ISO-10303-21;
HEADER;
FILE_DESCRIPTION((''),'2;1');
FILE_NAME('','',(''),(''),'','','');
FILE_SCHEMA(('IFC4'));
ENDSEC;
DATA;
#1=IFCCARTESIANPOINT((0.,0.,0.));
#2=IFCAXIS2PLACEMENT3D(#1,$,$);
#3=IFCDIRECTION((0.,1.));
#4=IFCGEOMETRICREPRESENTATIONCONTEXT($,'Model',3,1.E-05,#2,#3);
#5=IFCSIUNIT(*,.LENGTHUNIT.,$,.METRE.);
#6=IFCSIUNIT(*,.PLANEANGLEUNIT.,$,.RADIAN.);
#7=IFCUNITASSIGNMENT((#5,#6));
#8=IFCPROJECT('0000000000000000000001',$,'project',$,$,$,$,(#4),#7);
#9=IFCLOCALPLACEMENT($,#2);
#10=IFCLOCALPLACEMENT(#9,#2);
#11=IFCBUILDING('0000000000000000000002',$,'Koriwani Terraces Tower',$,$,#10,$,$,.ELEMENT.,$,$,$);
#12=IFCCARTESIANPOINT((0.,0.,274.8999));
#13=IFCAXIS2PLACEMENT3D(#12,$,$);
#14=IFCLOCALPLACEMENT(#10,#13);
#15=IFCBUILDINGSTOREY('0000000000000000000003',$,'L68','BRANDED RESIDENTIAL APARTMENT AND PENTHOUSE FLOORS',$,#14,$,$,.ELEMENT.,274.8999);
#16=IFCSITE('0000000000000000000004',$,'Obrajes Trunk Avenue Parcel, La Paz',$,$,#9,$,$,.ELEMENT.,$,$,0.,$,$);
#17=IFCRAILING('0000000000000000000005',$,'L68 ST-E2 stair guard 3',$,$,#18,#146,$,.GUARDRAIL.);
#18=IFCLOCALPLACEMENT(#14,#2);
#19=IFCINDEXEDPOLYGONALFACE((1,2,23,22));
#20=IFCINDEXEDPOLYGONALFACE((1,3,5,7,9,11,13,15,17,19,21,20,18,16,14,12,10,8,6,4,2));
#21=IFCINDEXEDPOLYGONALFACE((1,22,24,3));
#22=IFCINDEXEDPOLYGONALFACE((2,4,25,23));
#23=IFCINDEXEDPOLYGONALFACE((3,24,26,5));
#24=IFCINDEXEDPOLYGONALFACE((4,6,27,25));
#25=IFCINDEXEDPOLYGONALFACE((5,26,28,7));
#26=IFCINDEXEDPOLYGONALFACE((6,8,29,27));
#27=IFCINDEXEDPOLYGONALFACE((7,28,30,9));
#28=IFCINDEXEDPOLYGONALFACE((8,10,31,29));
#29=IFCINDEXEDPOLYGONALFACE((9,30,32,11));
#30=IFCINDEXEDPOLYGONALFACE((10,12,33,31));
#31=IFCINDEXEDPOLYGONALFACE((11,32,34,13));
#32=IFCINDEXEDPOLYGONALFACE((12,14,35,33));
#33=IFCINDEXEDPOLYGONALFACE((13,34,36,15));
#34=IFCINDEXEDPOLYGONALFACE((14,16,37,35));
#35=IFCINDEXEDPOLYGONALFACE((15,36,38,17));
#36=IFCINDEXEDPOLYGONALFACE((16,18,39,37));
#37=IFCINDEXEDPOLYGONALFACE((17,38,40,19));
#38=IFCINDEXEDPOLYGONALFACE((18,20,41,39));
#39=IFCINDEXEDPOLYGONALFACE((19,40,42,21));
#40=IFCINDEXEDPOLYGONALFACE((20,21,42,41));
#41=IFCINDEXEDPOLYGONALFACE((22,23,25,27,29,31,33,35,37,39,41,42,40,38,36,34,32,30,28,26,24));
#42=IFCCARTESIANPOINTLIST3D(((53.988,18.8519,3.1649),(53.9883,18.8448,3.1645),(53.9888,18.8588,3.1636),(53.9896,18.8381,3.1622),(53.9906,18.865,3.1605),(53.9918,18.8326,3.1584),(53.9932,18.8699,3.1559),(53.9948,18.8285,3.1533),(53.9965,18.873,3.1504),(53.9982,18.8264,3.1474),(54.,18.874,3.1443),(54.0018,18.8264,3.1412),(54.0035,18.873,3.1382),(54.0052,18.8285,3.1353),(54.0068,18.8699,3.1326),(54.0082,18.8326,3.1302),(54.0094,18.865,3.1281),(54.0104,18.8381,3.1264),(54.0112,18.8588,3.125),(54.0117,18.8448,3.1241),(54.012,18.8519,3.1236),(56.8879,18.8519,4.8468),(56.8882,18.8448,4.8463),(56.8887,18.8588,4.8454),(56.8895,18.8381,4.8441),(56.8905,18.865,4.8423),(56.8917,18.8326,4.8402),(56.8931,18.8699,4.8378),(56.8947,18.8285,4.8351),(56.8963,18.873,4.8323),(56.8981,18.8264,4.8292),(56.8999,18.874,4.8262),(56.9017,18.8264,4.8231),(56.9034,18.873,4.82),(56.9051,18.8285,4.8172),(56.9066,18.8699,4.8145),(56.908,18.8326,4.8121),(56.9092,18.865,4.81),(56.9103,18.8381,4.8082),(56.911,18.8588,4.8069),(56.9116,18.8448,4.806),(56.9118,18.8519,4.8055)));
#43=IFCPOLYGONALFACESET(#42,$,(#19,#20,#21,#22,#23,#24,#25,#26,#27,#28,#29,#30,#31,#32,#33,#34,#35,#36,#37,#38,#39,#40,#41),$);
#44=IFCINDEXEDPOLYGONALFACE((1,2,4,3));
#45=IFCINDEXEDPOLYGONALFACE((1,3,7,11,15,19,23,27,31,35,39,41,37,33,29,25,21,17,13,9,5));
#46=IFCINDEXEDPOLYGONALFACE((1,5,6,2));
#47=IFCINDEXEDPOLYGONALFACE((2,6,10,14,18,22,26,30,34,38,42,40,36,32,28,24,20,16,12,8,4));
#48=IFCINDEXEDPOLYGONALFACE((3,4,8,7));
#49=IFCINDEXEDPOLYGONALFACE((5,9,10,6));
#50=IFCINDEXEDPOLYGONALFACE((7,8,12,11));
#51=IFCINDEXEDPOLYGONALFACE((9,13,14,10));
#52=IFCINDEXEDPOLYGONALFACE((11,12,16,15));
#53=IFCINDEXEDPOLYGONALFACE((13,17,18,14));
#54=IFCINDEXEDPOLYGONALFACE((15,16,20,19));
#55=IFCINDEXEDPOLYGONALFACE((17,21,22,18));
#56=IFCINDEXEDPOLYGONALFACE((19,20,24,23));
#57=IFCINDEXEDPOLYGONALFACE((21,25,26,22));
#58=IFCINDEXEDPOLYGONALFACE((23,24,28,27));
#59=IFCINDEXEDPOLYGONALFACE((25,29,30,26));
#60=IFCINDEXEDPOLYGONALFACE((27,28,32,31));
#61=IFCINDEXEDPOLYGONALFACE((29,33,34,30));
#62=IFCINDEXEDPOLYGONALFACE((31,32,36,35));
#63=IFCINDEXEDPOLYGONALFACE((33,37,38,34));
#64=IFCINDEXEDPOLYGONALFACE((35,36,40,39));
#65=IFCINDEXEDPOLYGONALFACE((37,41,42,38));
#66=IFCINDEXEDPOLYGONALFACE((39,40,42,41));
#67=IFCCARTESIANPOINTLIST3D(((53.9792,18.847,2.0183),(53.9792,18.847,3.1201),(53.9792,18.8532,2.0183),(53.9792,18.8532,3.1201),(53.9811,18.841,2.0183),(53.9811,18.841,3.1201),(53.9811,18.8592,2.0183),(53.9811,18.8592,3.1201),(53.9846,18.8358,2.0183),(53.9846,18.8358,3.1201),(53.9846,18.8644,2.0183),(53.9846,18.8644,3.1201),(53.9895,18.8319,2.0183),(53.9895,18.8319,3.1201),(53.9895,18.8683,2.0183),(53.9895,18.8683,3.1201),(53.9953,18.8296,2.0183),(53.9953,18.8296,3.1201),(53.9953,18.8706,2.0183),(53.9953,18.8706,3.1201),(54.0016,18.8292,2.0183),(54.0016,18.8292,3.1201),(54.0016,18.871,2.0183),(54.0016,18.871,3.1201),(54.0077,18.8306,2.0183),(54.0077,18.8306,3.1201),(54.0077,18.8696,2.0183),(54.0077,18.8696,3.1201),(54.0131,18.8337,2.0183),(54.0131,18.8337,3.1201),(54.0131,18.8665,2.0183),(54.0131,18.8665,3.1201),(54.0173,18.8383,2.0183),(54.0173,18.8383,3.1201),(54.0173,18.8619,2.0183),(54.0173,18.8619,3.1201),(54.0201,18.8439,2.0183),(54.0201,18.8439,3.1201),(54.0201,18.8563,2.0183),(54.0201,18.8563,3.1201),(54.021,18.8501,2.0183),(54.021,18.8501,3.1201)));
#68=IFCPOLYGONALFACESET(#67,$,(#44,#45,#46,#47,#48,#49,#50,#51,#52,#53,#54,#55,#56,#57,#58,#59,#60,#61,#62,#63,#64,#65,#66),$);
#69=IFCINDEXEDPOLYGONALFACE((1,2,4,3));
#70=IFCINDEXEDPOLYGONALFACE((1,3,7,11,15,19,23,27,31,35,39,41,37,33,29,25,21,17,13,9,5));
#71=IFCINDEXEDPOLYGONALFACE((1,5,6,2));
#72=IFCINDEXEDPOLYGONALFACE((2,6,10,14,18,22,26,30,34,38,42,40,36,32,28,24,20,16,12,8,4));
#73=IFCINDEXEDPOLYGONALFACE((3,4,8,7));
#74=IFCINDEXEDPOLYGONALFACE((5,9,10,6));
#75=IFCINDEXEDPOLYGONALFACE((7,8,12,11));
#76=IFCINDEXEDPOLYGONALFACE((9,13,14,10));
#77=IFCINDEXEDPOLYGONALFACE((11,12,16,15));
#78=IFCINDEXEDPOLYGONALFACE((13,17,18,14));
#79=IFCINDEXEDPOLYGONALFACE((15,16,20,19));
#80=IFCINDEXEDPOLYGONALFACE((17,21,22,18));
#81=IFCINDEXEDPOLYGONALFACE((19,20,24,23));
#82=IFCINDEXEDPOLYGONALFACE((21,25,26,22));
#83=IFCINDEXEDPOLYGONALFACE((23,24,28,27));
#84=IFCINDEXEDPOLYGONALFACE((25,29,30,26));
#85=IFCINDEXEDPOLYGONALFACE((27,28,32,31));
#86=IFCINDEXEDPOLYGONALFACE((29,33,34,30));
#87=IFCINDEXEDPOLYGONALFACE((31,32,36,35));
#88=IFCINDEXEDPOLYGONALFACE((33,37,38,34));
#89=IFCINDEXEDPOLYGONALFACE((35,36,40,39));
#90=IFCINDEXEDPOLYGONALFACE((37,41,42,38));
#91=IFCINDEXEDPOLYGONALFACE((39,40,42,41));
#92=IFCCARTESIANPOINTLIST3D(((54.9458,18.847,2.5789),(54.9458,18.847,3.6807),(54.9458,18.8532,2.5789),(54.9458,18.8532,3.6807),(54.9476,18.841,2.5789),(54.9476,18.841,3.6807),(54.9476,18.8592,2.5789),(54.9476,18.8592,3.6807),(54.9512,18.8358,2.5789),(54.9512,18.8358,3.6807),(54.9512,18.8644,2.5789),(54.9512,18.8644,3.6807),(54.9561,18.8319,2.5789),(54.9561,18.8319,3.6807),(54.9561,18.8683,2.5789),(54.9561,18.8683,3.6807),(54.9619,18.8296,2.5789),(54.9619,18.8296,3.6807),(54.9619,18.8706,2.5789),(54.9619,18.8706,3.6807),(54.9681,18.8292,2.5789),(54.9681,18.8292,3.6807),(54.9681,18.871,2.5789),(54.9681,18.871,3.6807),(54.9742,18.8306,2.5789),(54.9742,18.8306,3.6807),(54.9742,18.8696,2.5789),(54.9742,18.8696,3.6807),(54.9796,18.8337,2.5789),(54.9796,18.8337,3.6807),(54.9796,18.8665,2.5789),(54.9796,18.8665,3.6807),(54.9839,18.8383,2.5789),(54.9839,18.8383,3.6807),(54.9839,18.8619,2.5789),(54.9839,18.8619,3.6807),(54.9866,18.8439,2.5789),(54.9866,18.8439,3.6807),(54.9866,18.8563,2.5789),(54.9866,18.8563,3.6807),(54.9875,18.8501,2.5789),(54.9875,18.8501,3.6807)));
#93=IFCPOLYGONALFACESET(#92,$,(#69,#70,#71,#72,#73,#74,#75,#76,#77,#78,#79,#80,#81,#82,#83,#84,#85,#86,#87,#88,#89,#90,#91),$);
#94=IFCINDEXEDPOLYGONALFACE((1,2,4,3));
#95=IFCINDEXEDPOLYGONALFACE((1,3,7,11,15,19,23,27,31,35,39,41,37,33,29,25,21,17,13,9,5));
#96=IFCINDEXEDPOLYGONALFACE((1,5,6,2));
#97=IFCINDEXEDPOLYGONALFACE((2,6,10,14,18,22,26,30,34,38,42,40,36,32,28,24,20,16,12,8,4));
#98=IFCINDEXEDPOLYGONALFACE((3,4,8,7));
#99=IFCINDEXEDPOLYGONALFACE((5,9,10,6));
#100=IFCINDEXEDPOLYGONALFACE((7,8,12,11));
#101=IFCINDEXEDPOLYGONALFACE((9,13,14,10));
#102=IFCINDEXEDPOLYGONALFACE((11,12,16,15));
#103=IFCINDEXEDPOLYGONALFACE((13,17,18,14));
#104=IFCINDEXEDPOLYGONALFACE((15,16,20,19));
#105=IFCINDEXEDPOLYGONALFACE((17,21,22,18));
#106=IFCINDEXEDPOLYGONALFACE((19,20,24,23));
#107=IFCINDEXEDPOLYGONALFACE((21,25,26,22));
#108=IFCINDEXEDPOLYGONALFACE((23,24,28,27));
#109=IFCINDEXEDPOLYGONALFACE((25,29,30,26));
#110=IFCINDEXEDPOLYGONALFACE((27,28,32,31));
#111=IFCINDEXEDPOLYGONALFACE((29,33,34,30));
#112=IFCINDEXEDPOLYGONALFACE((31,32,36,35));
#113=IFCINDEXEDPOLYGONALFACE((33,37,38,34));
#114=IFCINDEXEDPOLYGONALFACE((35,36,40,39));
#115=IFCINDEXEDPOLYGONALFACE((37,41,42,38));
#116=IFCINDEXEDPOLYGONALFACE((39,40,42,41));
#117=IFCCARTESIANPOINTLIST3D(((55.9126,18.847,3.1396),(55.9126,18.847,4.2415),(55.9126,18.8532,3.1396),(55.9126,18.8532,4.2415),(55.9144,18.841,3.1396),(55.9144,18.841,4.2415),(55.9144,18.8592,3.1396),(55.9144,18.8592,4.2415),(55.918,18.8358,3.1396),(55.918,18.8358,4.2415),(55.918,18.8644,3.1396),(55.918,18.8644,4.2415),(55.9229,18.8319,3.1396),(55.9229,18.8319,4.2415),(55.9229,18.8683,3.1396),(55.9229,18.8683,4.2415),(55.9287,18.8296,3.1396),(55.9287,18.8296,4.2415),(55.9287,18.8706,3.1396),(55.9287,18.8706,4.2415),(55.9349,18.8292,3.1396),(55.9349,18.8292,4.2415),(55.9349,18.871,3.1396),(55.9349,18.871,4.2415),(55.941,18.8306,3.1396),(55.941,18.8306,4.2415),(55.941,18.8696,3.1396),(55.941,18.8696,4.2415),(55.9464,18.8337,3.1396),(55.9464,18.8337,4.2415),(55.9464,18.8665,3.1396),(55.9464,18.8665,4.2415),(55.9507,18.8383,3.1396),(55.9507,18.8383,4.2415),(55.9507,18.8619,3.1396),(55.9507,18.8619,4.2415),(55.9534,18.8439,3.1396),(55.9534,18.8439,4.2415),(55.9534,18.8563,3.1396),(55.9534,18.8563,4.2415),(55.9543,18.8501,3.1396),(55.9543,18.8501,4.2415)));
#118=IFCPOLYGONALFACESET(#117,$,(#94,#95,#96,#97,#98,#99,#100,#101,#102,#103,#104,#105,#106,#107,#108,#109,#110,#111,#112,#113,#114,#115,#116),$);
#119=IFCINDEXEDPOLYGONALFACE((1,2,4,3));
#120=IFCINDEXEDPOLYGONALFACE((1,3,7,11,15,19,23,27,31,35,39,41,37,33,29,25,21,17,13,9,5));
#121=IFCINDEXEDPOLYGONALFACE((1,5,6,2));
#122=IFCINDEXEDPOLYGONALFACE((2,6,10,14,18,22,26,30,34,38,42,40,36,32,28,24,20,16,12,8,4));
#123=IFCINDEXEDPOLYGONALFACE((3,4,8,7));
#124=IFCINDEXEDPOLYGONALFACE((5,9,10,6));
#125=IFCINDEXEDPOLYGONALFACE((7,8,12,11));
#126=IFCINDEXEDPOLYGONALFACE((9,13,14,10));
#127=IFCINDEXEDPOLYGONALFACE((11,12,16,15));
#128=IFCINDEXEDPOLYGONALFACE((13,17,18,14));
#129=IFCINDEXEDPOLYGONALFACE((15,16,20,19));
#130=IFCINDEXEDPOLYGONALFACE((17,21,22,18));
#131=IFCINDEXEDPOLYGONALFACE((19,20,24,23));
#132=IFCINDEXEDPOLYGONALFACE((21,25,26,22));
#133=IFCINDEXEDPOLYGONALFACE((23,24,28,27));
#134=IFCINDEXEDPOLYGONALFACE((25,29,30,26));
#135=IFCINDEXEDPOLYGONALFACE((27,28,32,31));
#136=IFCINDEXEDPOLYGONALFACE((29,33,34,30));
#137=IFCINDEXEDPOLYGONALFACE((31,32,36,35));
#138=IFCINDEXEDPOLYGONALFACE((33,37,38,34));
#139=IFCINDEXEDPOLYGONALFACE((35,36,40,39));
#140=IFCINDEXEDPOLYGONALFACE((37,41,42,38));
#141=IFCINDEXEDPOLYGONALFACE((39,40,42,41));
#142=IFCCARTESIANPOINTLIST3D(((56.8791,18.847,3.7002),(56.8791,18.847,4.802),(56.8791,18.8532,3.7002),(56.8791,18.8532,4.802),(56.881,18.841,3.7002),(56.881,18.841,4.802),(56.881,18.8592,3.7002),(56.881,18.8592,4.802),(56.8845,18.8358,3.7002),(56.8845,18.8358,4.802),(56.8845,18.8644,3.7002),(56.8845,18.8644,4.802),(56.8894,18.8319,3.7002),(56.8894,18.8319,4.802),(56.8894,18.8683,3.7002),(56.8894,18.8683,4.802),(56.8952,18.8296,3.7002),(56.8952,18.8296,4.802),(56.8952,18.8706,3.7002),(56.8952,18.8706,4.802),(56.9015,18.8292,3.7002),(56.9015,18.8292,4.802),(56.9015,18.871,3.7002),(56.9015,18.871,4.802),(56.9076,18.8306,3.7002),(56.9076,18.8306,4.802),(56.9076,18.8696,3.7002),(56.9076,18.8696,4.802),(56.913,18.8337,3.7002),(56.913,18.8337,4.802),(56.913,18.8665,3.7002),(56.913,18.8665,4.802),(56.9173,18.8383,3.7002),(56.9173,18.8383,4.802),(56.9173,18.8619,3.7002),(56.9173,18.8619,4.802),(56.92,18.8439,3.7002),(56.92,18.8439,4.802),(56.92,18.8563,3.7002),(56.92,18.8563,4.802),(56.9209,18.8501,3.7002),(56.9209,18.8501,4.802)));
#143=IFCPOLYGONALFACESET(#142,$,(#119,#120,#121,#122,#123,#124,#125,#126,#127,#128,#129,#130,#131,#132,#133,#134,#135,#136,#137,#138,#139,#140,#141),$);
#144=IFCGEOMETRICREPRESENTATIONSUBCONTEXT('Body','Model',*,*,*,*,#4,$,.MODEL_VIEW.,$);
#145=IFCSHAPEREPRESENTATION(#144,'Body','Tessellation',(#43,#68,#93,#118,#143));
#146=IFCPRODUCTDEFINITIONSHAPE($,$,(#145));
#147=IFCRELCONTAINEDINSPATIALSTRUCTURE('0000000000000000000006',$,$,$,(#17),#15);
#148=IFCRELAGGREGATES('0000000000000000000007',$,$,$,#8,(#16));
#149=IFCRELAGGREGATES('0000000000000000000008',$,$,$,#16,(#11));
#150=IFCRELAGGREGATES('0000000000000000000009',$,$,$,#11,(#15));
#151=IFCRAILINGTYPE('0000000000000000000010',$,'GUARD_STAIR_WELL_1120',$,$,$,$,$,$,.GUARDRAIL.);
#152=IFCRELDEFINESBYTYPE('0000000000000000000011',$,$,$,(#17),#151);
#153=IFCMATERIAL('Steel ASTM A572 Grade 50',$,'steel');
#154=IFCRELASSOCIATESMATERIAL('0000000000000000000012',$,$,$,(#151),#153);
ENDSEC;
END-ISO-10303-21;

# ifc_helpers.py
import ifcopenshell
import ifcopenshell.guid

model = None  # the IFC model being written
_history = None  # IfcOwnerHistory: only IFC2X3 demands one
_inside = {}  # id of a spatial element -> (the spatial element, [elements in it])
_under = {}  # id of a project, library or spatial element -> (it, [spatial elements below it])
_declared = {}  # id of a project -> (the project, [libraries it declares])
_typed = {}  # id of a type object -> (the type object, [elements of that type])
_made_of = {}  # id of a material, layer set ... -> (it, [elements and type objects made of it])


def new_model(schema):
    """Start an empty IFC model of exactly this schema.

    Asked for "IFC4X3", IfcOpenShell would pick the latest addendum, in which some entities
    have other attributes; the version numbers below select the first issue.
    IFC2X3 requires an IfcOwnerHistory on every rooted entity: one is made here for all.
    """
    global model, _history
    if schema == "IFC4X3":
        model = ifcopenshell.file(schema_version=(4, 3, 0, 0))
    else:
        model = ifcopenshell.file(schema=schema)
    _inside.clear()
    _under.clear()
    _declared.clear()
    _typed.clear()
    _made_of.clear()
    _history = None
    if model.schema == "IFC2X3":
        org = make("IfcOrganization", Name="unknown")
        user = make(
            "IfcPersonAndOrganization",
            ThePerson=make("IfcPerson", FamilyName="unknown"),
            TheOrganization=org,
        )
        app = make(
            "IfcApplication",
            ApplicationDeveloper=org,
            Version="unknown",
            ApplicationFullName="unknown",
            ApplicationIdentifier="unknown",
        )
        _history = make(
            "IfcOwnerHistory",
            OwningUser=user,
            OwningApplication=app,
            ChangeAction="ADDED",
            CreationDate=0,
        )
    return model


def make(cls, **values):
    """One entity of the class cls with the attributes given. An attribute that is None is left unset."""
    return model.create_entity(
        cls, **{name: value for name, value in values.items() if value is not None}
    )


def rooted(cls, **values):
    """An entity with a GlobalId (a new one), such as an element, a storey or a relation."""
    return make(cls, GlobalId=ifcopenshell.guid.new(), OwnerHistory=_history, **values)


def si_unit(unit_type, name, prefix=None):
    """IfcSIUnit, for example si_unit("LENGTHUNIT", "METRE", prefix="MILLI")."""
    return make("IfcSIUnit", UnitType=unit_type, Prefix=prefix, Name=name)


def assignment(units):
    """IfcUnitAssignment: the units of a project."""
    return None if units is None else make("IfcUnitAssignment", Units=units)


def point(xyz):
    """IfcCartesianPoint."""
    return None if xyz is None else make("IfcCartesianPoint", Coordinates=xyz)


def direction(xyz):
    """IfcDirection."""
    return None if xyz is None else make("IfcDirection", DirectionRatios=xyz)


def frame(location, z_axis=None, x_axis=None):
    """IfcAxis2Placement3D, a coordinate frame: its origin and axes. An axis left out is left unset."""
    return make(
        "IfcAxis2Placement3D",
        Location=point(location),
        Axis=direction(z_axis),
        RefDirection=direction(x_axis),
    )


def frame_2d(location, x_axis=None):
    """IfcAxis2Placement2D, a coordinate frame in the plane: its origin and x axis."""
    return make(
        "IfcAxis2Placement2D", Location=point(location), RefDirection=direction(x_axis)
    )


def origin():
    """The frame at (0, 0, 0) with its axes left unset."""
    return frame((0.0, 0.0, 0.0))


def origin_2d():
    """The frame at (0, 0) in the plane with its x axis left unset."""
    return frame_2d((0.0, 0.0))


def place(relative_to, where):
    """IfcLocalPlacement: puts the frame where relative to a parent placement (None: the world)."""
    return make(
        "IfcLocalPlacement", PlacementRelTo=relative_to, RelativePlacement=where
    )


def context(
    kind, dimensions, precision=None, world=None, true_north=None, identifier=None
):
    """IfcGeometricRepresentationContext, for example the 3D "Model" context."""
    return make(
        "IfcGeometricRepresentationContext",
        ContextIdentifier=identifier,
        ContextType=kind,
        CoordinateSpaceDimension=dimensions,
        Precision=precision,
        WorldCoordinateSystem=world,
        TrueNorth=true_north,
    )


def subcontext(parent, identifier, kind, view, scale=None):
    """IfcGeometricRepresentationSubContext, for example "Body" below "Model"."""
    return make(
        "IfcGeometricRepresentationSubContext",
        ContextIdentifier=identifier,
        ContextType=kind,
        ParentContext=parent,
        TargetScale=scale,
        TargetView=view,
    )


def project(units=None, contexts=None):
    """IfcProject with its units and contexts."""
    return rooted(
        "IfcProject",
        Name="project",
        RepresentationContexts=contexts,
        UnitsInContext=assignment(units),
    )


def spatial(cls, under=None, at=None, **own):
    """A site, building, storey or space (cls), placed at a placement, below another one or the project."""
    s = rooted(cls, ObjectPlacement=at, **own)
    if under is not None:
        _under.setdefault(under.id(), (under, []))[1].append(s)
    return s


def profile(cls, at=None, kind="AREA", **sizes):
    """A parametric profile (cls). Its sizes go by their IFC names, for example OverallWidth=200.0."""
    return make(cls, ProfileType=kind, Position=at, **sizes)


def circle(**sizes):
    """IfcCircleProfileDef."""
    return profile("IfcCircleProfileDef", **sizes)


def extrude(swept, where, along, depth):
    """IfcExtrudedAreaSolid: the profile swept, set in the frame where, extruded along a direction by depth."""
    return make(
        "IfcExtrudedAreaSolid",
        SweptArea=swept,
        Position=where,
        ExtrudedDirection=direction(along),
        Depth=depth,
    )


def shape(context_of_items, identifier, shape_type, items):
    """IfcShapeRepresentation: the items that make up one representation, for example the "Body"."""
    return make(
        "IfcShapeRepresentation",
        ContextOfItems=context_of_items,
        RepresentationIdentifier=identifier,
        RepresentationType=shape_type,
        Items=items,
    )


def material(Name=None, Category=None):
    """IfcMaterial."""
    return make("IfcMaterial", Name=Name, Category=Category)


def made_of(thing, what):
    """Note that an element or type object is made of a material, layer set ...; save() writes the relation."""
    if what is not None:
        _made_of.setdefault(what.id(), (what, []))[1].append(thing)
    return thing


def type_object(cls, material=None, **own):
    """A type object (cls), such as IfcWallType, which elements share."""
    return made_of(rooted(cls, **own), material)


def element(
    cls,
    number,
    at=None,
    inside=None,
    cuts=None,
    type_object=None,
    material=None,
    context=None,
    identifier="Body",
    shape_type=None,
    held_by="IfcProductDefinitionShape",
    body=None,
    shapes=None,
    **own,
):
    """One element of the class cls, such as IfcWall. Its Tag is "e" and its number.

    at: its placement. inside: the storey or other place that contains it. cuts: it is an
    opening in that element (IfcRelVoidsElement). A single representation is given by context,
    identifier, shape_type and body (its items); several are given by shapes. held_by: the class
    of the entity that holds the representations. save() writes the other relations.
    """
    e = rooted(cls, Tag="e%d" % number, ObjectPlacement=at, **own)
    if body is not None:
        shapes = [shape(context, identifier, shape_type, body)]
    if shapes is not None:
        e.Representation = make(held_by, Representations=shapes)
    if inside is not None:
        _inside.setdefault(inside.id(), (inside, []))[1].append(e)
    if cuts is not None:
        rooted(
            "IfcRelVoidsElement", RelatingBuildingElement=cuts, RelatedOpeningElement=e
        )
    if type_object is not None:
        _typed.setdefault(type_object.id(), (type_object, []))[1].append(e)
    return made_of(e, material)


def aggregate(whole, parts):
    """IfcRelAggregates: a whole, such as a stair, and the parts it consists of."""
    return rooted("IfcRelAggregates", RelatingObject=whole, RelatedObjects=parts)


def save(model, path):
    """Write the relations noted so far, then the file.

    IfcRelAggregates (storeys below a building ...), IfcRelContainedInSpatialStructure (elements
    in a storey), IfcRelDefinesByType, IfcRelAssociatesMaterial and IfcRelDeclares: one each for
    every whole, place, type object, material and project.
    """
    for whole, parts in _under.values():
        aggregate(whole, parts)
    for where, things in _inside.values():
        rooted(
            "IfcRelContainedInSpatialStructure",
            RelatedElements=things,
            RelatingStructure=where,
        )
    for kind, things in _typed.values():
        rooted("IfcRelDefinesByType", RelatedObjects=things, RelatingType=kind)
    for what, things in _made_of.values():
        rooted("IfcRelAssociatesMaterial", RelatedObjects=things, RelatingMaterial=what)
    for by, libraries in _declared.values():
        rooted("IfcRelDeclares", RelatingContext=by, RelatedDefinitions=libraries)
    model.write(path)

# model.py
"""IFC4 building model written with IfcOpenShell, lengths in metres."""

from ifc_helpers import new_model, si_unit, direction, frame, origin, origin_2d, place, context, subcontext, project, spatial, circle, extrude, material, type_object, element, save


model = new_model("IFC4")

# Units and contexts
model_context = context("Model", 3, precision=1e-05, world=origin(), true_north=direction((0.0, 1.0)))
body_context = subcontext(model_context, "Body", "Model", "MODEL_VIEW")
ifc_project = project(units=[si_unit("LENGTHUNIT", "METRE"), si_unit("PLANEANGLEUNIT", "RADIAN")], contexts=[model_context])

# Site, building, storey
site_placement = place(None, origin())
site = spatial("IfcSite", under=ifc_project, at=site_placement, Name="Obrajes Trunk Avenue Parcel, La Paz", CompositionType="ELEMENT", RefElevation=0.0)
building_placement = place(site_placement, origin())
building = spatial("IfcBuilding", under=site, at=building_placement, Name="Koriwani Terraces Tower", CompositionType="ELEMENT")
storey_placement = place(building_placement, frame((0.0, 0.0, 274.8999)))
storey = spatial("IfcBuildingStorey", under=building, at=storey_placement, Name="L68", Description="BRANDED RESIDENTIAL APARTMENT AND PENTHOUSE FLOORS", CompositionType="ELEMENT", Elevation=274.8999)

# Shared definitions
ifc_material_1 = material(Name="Steel ASTM A572 Grade 50", Category="steel")

# Railing
railing_type_1 = type_object("IfcRailingType", Name="GUARD_STAIR_WELL_1120", PredefinedType="GUARDRAIL", material=ifc_material_1)
railing_1_placement = place(storey_placement, frame((54.0, 18.8501, 2.0183)))
element("IfcRailing", 1, at=railing_1_placement, inside=storey, type_object=railing_type_1, Name="L68 ST-E2 stair guard 3", PredefinedType="GUARDRAIL", context=body_context, shape_type="SweptSolid", body=[
    extrude(circle(Radius=0.0239, at=origin_2d()), frame((0.0, 0.0, 1.126), z_axis=(0.865039, 0.0, 0.501705), x_axis=(0.0, 1.0, 0.0)), (0.0, 0.0, 1.0), 3.3523),
    extrude(circle(Radius=0.021, at=origin_2d()), origin(), (0.0, 0.0, 1.0), 1.1018),
    extrude(circle(Radius=0.021, at=origin_2d()), frame((0.9666, 0.0, 0.5605)), (0.0, 0.0, 1.0), 1.1018),
    extrude(circle(Radius=0.021, at=origin_2d()), frame((1.9333, 0.0, 1.1213)), (0.0, 0.0, 1.0), 1.1018),
    extrude(circle(Radius=0.021, at=origin_2d()), frame((2.8999, 0.0, 1.6819)), (0.0, 0.0, 1.0), 1.1018),
])

save(model, "model.ifc")
